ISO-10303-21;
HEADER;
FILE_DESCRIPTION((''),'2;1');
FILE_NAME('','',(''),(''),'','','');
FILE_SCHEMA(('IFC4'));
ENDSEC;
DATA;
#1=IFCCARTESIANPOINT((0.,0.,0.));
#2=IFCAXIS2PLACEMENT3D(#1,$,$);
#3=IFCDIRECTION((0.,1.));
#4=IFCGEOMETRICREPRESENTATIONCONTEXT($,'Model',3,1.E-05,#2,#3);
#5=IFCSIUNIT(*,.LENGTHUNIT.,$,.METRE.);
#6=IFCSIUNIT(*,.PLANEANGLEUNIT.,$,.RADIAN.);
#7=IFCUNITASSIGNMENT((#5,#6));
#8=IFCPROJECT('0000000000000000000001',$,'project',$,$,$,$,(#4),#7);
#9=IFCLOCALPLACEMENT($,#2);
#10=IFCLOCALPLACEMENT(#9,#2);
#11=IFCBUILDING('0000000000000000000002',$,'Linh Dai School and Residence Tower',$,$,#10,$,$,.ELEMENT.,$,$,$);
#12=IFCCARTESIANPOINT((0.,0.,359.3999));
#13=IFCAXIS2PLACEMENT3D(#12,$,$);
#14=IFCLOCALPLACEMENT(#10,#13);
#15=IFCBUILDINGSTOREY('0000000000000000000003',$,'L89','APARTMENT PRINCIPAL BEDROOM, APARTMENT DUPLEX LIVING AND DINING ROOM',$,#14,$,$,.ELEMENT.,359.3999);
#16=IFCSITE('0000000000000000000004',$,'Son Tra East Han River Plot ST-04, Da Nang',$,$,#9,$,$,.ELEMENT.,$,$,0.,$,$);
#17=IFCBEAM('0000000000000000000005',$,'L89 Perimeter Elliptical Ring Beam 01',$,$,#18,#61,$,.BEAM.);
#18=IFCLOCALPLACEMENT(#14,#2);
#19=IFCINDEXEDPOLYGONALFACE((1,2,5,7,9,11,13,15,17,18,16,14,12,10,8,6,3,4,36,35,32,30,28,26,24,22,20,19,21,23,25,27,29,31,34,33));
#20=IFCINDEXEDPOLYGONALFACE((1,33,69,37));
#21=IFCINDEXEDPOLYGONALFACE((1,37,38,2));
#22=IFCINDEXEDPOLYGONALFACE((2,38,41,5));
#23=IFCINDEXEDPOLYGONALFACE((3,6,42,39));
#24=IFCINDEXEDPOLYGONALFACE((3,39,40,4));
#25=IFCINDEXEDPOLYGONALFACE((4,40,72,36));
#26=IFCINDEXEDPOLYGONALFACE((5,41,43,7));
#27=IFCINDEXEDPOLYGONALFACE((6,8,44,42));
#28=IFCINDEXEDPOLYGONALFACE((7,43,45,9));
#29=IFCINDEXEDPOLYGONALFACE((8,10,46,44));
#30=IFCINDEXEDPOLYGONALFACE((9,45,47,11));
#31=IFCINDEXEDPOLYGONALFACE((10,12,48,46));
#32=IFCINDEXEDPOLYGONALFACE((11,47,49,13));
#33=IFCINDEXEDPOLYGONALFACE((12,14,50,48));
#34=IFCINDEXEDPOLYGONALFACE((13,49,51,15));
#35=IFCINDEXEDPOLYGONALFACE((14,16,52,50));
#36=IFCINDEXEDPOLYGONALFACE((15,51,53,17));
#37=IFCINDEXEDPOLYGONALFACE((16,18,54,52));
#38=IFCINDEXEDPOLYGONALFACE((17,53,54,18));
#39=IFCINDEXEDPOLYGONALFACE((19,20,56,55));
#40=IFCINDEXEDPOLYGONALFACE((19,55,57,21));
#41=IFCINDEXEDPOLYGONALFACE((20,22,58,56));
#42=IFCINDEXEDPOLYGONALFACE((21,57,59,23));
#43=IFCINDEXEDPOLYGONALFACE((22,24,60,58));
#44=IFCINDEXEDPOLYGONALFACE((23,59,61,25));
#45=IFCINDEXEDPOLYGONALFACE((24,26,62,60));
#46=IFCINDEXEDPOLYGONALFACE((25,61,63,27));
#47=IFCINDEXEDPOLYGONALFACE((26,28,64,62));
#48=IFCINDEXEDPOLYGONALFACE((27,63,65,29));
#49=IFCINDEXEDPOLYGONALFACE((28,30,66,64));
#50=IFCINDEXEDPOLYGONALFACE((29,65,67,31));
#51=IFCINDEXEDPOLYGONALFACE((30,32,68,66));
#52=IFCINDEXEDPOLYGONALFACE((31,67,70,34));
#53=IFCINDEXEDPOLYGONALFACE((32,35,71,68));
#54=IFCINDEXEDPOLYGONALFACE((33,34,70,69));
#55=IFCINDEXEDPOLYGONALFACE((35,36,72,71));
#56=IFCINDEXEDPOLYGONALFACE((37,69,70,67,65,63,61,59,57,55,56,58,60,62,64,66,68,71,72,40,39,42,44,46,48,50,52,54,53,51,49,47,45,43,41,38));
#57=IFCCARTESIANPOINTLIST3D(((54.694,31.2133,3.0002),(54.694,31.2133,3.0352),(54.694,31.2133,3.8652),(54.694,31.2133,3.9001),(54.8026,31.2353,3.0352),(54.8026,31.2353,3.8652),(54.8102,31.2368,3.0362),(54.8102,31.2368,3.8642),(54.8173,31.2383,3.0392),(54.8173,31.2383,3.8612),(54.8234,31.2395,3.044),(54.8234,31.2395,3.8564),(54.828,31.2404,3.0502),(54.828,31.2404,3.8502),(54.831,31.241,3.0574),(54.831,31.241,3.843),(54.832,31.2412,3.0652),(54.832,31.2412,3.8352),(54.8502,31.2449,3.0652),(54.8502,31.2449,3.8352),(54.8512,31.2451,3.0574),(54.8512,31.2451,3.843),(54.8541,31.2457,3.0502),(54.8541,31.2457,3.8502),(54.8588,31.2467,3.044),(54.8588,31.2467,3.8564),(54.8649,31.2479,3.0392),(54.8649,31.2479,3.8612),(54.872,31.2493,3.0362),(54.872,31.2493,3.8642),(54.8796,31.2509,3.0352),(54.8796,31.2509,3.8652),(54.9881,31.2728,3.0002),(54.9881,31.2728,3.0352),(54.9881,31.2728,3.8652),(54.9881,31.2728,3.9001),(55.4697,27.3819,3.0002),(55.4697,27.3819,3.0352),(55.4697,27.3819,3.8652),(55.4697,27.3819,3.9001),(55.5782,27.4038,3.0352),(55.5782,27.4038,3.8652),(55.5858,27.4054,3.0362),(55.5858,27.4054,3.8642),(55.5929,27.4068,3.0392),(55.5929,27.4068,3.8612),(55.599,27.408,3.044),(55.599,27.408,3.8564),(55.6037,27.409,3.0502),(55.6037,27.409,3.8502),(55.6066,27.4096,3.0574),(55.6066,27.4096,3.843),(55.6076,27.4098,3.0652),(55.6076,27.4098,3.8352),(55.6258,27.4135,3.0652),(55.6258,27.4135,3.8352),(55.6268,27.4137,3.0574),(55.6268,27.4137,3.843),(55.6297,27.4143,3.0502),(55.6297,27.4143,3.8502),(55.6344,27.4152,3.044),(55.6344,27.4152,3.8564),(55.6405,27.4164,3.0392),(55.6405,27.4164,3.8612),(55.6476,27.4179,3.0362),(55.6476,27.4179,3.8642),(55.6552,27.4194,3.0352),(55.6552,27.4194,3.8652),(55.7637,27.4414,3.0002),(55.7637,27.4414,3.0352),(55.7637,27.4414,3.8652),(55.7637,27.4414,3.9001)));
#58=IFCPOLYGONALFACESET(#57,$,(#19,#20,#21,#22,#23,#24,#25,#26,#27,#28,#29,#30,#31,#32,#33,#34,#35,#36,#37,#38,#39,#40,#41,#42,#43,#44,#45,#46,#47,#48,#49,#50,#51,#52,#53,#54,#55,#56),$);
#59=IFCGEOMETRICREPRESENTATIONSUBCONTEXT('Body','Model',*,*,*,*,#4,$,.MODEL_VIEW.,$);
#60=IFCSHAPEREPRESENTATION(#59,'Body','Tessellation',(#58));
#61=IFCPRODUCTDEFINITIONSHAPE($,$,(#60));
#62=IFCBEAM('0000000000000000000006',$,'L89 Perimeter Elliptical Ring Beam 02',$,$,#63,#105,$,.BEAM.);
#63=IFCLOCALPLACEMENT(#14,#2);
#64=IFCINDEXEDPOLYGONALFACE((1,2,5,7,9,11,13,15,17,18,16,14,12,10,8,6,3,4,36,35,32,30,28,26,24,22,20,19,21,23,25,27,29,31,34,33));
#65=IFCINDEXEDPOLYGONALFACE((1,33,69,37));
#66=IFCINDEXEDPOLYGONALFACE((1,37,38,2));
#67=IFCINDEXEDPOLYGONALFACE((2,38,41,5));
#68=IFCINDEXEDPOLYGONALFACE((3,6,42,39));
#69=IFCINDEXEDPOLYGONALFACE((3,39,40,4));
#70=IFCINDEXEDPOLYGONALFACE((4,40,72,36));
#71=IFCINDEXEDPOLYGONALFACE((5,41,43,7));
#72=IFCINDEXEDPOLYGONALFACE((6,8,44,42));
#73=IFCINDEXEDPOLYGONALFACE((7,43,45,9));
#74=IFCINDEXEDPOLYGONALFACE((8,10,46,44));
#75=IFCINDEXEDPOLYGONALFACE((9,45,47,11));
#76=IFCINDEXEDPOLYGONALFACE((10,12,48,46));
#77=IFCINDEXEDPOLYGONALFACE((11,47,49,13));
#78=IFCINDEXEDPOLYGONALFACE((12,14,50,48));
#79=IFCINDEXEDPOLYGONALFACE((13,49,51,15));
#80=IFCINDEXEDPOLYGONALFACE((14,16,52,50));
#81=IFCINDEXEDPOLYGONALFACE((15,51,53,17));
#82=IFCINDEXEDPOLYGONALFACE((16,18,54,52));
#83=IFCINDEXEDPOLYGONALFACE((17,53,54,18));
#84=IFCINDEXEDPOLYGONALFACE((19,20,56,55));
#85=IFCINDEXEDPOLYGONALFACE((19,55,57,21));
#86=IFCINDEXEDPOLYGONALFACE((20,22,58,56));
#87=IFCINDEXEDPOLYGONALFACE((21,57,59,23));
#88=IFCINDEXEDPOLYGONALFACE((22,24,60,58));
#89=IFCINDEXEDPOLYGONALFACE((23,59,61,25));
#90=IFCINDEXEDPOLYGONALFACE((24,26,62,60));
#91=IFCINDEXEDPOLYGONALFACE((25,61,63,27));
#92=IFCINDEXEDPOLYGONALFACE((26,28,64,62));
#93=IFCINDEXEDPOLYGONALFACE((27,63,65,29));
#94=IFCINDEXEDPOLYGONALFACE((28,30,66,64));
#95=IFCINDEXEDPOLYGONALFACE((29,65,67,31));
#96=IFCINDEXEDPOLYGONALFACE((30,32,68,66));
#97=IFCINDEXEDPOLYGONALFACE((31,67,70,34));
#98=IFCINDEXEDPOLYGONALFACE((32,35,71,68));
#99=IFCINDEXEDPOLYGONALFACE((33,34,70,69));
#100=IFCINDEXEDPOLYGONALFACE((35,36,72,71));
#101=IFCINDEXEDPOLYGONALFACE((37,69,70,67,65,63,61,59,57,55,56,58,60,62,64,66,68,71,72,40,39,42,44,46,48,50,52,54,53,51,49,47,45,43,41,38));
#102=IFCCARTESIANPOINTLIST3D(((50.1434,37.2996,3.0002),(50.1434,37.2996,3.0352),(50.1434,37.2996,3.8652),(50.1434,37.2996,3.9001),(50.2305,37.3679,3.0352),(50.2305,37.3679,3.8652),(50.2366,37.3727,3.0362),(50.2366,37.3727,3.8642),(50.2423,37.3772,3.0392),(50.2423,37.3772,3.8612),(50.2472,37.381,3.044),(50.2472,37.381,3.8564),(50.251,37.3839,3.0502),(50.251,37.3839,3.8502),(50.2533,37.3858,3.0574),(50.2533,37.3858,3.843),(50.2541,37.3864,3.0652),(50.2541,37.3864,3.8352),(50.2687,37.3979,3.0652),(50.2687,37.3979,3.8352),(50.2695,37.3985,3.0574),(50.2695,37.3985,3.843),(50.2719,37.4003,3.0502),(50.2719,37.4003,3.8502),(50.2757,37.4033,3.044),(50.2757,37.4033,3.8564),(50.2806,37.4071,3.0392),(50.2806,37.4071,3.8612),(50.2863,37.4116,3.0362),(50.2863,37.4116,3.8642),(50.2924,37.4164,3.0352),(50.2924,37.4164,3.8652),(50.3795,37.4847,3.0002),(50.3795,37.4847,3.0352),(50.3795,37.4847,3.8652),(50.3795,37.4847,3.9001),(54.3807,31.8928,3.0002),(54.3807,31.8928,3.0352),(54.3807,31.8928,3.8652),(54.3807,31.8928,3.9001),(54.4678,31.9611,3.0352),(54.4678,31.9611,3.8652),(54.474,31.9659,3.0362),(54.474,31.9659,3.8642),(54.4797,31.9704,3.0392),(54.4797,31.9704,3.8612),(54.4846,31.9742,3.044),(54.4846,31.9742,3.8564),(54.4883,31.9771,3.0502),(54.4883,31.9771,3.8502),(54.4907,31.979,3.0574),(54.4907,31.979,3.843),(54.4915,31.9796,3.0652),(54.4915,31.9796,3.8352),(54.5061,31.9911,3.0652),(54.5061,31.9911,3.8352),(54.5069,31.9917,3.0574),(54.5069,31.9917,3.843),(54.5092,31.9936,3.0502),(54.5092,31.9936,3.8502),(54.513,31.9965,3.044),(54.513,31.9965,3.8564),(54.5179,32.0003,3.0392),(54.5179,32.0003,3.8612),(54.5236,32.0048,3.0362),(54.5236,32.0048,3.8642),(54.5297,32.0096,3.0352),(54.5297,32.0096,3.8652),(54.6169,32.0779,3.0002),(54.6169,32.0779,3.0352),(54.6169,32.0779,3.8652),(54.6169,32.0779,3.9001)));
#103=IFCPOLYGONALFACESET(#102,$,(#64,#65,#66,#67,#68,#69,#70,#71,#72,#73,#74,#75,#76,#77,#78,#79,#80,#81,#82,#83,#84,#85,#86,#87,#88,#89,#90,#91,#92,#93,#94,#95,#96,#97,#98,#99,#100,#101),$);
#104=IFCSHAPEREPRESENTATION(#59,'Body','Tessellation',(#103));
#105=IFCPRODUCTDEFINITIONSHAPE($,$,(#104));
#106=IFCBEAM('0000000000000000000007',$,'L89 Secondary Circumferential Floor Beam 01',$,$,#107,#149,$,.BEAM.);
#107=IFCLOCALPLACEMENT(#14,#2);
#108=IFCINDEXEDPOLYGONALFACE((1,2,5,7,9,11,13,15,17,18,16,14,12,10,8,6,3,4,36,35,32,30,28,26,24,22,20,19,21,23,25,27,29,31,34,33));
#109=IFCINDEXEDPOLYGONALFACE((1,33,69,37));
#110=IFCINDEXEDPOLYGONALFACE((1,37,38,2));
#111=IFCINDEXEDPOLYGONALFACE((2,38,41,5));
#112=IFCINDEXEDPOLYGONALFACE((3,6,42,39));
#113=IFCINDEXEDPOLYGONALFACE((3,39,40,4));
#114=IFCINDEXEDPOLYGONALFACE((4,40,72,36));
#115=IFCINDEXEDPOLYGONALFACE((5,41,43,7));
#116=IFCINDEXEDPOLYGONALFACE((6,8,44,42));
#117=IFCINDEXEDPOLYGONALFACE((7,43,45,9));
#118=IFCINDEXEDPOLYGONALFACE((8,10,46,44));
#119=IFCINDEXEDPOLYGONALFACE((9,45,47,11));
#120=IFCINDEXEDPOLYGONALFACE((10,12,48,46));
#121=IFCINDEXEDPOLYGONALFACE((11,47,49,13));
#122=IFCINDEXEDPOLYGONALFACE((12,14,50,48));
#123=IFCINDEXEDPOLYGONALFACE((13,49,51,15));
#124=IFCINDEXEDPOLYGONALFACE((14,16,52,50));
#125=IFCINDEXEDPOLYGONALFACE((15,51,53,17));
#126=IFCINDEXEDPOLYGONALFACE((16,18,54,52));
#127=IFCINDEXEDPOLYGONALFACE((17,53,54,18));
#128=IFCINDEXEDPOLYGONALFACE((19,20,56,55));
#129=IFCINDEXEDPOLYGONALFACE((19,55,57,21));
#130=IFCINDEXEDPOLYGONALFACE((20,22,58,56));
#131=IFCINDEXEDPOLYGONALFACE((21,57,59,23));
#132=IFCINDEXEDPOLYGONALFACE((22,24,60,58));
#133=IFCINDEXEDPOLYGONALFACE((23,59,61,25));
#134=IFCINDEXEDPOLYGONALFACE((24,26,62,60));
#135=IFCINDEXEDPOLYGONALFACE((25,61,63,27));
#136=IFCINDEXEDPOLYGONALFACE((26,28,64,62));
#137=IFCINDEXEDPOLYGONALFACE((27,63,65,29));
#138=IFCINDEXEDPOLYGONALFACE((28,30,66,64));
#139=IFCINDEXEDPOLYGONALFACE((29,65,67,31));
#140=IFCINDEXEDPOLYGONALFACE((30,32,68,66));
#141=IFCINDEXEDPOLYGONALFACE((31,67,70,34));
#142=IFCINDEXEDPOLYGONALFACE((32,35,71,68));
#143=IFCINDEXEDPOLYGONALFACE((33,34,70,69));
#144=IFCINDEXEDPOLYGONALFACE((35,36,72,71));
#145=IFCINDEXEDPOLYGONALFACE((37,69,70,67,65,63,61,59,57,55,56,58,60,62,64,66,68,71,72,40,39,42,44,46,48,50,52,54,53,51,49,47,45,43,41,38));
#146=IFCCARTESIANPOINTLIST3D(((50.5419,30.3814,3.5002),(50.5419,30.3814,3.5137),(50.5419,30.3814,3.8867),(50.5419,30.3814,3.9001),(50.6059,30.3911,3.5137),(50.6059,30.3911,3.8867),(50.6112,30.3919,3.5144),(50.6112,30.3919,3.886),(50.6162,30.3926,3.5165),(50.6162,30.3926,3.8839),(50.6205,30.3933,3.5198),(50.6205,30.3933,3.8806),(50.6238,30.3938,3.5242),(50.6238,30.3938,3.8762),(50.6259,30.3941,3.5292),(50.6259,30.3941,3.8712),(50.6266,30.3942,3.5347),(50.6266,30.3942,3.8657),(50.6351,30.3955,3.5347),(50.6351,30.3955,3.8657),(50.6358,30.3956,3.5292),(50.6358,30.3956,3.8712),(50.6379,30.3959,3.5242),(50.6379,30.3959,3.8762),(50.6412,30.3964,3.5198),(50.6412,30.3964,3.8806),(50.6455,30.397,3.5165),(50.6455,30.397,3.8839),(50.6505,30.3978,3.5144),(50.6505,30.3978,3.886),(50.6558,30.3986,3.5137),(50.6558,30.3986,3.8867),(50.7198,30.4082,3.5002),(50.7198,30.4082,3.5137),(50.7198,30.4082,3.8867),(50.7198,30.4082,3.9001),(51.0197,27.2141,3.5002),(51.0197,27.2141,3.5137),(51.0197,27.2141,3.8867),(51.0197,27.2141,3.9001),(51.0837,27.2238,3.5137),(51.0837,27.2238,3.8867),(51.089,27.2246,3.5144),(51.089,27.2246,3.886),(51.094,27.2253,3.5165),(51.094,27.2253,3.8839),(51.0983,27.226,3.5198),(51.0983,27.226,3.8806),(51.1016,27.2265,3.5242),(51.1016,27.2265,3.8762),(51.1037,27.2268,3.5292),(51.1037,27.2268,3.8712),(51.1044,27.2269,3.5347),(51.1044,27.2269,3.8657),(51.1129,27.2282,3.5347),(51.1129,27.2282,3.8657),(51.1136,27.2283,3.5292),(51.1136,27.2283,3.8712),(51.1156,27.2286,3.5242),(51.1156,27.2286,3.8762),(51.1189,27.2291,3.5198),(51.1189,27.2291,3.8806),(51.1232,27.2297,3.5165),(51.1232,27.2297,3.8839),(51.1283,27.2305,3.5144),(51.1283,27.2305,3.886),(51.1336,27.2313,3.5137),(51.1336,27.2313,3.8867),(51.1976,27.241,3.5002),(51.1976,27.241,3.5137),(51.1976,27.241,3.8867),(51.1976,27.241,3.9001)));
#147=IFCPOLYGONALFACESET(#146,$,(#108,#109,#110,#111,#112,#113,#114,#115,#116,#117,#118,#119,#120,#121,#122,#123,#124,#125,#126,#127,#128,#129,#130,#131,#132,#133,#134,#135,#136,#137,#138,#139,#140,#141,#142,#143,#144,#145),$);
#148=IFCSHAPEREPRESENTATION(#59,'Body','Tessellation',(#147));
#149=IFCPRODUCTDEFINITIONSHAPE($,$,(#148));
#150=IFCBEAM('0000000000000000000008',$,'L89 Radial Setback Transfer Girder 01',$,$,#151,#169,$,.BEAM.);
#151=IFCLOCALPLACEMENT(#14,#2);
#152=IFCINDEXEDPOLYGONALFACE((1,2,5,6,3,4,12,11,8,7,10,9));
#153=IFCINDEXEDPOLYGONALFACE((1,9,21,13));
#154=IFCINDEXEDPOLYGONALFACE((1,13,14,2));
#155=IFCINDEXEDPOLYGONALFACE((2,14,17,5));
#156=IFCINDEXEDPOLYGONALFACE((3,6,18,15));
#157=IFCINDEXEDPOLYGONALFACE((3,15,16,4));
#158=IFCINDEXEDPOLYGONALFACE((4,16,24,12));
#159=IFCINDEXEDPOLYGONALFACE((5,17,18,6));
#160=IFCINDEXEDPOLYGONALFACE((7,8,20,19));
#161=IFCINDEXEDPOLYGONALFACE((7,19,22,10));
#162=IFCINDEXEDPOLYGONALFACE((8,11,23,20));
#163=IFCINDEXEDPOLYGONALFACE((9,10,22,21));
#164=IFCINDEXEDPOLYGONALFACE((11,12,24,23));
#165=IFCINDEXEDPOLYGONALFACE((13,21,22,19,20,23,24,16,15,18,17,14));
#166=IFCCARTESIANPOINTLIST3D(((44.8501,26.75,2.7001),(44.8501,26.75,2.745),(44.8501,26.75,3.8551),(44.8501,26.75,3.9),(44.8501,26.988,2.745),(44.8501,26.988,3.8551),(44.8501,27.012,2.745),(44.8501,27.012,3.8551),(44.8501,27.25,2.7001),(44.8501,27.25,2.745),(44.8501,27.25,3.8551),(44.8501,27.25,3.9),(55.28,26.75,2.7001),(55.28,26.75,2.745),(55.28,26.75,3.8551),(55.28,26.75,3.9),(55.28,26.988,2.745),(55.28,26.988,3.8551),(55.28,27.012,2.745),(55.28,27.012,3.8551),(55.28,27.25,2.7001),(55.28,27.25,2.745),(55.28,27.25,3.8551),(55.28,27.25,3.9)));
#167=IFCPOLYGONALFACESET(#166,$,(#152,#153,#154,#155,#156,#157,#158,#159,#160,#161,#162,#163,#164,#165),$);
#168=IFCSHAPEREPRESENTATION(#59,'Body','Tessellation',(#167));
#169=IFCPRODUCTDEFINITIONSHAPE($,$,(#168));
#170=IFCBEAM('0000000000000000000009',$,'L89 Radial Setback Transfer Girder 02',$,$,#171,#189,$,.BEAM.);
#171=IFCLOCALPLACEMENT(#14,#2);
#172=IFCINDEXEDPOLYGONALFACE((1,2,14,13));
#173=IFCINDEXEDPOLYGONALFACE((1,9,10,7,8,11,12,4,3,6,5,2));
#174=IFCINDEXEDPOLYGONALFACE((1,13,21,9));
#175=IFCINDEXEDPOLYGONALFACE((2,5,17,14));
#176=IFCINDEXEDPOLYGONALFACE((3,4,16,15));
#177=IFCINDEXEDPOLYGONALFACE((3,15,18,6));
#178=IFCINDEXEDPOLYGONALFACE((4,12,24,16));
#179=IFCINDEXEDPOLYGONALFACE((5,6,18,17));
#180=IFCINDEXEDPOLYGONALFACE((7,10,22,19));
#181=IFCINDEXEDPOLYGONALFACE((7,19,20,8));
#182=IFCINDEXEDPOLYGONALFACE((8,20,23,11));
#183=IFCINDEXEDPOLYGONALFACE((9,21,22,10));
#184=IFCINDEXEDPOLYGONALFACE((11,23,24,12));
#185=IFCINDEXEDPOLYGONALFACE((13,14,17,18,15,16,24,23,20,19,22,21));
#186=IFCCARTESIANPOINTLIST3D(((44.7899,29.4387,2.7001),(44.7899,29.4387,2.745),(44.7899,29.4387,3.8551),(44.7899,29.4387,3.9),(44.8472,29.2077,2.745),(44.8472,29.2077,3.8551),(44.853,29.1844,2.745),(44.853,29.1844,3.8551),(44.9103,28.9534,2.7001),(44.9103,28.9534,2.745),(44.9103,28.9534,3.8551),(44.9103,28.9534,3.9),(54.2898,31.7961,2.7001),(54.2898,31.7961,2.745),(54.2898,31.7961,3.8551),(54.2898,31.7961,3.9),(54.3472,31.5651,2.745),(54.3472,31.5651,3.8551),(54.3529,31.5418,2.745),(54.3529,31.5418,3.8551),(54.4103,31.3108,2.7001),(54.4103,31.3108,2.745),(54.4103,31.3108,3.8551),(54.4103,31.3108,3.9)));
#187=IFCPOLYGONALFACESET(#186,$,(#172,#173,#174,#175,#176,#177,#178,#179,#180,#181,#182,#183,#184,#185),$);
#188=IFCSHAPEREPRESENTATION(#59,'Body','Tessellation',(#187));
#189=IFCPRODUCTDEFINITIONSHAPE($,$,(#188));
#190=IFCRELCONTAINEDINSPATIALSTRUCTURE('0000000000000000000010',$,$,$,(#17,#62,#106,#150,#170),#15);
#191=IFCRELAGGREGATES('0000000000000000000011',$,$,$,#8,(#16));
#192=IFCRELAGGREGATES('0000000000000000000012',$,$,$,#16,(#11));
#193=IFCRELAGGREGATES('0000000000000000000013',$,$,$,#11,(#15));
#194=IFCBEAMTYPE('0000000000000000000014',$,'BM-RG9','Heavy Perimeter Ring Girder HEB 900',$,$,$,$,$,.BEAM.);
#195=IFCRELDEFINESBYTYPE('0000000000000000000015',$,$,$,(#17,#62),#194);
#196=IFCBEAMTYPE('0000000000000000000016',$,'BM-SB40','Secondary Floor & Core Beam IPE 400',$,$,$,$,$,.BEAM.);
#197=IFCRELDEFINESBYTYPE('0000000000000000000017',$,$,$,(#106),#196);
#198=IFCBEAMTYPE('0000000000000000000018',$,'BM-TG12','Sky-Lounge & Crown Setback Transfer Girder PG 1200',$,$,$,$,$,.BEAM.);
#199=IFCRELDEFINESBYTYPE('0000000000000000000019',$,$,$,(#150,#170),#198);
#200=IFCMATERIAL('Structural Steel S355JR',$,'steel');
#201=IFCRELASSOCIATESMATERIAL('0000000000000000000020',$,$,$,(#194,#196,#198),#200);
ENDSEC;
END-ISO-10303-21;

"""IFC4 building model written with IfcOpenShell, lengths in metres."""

from ifc_helpers import new_model, si_unit, direction, frame, origin, origin_2d, place, context, subcontext, project, spatial, i_section, extrude, material, material_profile, profile_set, type_object, element, save


model = new_model("IFC4")

# Units and contexts
model_context = context("Model", 3, precision=1e-05, world=origin(), true_north=direction((0.0, 1.0)))
body_context = subcontext(model_context, "Body", "Model", "MODEL_VIEW")
ifc_project = project(units=[si_unit("LENGTHUNIT", "METRE"), si_unit("PLANEANGLEUNIT", "RADIAN")], contexts=[model_context])

# Site, building, storey
site_placement = place(None, origin())
site = spatial("IfcSite", under=ifc_project, at=site_placement, Name="Son Tra East Han River Plot ST-04, Da Nang", CompositionType="ELEMENT", RefElevation=0.0)
building_placement = place(site_placement, origin())
building = spatial("IfcBuilding", under=site, at=building_placement, Name="Linh Dai School and Residence Tower", CompositionType="ELEMENT")
storey_placement = place(building_placement, frame((0.0, 0.0, 359.3999)))
storey = spatial("IfcBuildingStorey", under=building, at=storey_placement, Name="L89", Description="APARTMENT PRINCIPAL BEDROOM, APARTMENT DUPLEX LIVING AND DINING ROOM", CompositionType="ELEMENT", Elevation=359.3999)

# Shared definitions
ifc_material_1 = material(Name="Structural Steel S355JR", Category="steel")

# Beams
ifc_material_profile_1 = material_profile(ifc_material_1, i_section(OverallWidth=0.3, OverallDepth=0.8999, WebThickness=0.0186, FlangeThickness=0.0349, FilletRadius=0.03, at=origin_2d()), Name="HEB 900")
ifc_profile_set_1 = profile_set([ifc_material_profile_1], Name="Structural Steel S355JR")
beam_type_1 = type_object("IfcBeamType", Name="BM-RG9", Description="Heavy Perimeter Ring Girder HEB 900", PredefinedType="BEAM", material=ifc_profile_set_1)
beam_1_placement = place(storey_placement, frame((55.6167, 27.4116, 3.4502), z_axis=(-0.19841, 0.980119, 0.0), x_axis=(-0.980119, -0.19841, 0.0)))
element("IfcBeam", 1, at=beam_1_placement, inside=storey, type_object=beam_type_1, Name="L89 Perimeter Elliptical Ring Beam 01", PredefinedType="BEAM", context=body_context, shape_type="SweptSolid", body=[
    extrude(i_section(OverallWidth=0.3, OverallDepth=0.8999, WebThickness=0.0186, FlangeThickness=0.0349, FilletRadius=0.03, at=origin_2d()), origin(), (0.0, 0.0, 1.0), 3.9092),
])
beam_2_placement = place(storey_placement, frame((54.4988, 31.9854, 3.4502), z_axis=(-0.616845, 0.787085, 0.0), x_axis=(-0.787085, -0.616845, 0.0)))
element("IfcBeam", 2, at=beam_2_placement, inside=storey, type_object=beam_type_1, Name="L89 Perimeter Elliptical Ring Beam 02", PredefinedType="BEAM", context=body_context, shape_type="SweptSolid", body=[
    extrude(i_section(OverallWidth=0.3, OverallDepth=0.8999, WebThickness=0.0186, FlangeThickness=0.0349, FilletRadius=0.03, at=origin_2d()), origin(), (0.0, 0.0, 1.0), 6.8694),
])
ifc_material_profile_2 = material_profile(ifc_material_1, i_section(OverallWidth=0.1799, OverallDepth=0.3999, WebThickness=0.0085, FlangeThickness=0.0134, FilletRadius=0.021, at=origin_2d()), Name="IPE 400")
ifc_profile_set_2 = profile_set([ifc_material_profile_2], Name="Structural Steel S355JR")
beam_type_2 = type_object("IfcBeamType", Name="BM-SB40", Description="Secondary Floor & Core Beam IPE 400", PredefinedType="BEAM", material=ifc_profile_set_2)
beam_3_placement = place(storey_placement, frame((51.1086, 27.2275, 3.7002), z_axis=(-0.149164, 0.988812, 0.0), x_axis=(-0.988812, -0.149164, 0.0)))
element("IfcBeam", 3, at=beam_3_placement, inside=storey, type_object=beam_type_2, Name="L89 Secondary Circumferential Floor Beam 01", PredefinedType="BEAM", context=body_context, shape_type="SweptSolid", body=[
    extrude(i_section(OverallWidth=0.1799, OverallDepth=0.3999, WebThickness=0.0085, FlangeThickness=0.0134, FilletRadius=0.021, at=origin_2d()), origin(), (0.0, 0.0, 1.0), 3.2031),
])
ifc_material_profile_3 = material_profile(ifc_material_1, i_section(OverallWidth=0.5, OverallDepth=1.2, WebThickness=0.0239, FlangeThickness=0.0449, at=origin_2d()), Name="PG 1200x500x24x45")
ifc_profile_set_3 = profile_set([ifc_material_profile_3], Name="Structural Steel S355JR")
beam_type_3 = type_object("IfcBeamType", Name="BM-TG12", Description="Sky-Lounge & Crown Setback Transfer Girder PG 1200", PredefinedType="BEAM", material=ifc_profile_set_3)
beam_4_placement = place(storey_placement, frame((44.8501, 27.0, 3.3), z_axis=(1.0, 0.0, 0.0), x_axis=(0.0, 1.0, 0.0)))
element("IfcBeam", 4, at=beam_4_placement, inside=storey, type_object=beam_type_3, Name="L89 Radial Setback Transfer Girder 01", PredefinedType="BEAM", context=body_context, shape_type="SweptSolid", body=[
    extrude(i_section(OverallWidth=0.5, OverallDepth=1.2, WebThickness=0.0239, FlangeThickness=0.0449, at=origin_2d()), origin(), (0.0, 0.0, 1.0), 10.4299),
])
beam_5_placement = place(storey_placement, frame((44.8501, 29.196, 3.3), z_axis=(0.970564, 0.240845, 0.0), x_axis=(-0.240845, 0.970564, 0.0)))
element("IfcBeam", 5, at=beam_5_placement, inside=storey, type_object=beam_type_3, Name="L89 Radial Setback Transfer Girder 02", PredefinedType="BEAM", context=body_context, shape_type="SweptSolid", body=[
    extrude(i_section(OverallWidth=0.5, OverallDepth=1.2, WebThickness=0.0239, FlangeThickness=0.0449, at=origin_2d()), origin(), (0.0, 0.0, 1.0), 9.7881),
])

save(model, "model.ifc")
